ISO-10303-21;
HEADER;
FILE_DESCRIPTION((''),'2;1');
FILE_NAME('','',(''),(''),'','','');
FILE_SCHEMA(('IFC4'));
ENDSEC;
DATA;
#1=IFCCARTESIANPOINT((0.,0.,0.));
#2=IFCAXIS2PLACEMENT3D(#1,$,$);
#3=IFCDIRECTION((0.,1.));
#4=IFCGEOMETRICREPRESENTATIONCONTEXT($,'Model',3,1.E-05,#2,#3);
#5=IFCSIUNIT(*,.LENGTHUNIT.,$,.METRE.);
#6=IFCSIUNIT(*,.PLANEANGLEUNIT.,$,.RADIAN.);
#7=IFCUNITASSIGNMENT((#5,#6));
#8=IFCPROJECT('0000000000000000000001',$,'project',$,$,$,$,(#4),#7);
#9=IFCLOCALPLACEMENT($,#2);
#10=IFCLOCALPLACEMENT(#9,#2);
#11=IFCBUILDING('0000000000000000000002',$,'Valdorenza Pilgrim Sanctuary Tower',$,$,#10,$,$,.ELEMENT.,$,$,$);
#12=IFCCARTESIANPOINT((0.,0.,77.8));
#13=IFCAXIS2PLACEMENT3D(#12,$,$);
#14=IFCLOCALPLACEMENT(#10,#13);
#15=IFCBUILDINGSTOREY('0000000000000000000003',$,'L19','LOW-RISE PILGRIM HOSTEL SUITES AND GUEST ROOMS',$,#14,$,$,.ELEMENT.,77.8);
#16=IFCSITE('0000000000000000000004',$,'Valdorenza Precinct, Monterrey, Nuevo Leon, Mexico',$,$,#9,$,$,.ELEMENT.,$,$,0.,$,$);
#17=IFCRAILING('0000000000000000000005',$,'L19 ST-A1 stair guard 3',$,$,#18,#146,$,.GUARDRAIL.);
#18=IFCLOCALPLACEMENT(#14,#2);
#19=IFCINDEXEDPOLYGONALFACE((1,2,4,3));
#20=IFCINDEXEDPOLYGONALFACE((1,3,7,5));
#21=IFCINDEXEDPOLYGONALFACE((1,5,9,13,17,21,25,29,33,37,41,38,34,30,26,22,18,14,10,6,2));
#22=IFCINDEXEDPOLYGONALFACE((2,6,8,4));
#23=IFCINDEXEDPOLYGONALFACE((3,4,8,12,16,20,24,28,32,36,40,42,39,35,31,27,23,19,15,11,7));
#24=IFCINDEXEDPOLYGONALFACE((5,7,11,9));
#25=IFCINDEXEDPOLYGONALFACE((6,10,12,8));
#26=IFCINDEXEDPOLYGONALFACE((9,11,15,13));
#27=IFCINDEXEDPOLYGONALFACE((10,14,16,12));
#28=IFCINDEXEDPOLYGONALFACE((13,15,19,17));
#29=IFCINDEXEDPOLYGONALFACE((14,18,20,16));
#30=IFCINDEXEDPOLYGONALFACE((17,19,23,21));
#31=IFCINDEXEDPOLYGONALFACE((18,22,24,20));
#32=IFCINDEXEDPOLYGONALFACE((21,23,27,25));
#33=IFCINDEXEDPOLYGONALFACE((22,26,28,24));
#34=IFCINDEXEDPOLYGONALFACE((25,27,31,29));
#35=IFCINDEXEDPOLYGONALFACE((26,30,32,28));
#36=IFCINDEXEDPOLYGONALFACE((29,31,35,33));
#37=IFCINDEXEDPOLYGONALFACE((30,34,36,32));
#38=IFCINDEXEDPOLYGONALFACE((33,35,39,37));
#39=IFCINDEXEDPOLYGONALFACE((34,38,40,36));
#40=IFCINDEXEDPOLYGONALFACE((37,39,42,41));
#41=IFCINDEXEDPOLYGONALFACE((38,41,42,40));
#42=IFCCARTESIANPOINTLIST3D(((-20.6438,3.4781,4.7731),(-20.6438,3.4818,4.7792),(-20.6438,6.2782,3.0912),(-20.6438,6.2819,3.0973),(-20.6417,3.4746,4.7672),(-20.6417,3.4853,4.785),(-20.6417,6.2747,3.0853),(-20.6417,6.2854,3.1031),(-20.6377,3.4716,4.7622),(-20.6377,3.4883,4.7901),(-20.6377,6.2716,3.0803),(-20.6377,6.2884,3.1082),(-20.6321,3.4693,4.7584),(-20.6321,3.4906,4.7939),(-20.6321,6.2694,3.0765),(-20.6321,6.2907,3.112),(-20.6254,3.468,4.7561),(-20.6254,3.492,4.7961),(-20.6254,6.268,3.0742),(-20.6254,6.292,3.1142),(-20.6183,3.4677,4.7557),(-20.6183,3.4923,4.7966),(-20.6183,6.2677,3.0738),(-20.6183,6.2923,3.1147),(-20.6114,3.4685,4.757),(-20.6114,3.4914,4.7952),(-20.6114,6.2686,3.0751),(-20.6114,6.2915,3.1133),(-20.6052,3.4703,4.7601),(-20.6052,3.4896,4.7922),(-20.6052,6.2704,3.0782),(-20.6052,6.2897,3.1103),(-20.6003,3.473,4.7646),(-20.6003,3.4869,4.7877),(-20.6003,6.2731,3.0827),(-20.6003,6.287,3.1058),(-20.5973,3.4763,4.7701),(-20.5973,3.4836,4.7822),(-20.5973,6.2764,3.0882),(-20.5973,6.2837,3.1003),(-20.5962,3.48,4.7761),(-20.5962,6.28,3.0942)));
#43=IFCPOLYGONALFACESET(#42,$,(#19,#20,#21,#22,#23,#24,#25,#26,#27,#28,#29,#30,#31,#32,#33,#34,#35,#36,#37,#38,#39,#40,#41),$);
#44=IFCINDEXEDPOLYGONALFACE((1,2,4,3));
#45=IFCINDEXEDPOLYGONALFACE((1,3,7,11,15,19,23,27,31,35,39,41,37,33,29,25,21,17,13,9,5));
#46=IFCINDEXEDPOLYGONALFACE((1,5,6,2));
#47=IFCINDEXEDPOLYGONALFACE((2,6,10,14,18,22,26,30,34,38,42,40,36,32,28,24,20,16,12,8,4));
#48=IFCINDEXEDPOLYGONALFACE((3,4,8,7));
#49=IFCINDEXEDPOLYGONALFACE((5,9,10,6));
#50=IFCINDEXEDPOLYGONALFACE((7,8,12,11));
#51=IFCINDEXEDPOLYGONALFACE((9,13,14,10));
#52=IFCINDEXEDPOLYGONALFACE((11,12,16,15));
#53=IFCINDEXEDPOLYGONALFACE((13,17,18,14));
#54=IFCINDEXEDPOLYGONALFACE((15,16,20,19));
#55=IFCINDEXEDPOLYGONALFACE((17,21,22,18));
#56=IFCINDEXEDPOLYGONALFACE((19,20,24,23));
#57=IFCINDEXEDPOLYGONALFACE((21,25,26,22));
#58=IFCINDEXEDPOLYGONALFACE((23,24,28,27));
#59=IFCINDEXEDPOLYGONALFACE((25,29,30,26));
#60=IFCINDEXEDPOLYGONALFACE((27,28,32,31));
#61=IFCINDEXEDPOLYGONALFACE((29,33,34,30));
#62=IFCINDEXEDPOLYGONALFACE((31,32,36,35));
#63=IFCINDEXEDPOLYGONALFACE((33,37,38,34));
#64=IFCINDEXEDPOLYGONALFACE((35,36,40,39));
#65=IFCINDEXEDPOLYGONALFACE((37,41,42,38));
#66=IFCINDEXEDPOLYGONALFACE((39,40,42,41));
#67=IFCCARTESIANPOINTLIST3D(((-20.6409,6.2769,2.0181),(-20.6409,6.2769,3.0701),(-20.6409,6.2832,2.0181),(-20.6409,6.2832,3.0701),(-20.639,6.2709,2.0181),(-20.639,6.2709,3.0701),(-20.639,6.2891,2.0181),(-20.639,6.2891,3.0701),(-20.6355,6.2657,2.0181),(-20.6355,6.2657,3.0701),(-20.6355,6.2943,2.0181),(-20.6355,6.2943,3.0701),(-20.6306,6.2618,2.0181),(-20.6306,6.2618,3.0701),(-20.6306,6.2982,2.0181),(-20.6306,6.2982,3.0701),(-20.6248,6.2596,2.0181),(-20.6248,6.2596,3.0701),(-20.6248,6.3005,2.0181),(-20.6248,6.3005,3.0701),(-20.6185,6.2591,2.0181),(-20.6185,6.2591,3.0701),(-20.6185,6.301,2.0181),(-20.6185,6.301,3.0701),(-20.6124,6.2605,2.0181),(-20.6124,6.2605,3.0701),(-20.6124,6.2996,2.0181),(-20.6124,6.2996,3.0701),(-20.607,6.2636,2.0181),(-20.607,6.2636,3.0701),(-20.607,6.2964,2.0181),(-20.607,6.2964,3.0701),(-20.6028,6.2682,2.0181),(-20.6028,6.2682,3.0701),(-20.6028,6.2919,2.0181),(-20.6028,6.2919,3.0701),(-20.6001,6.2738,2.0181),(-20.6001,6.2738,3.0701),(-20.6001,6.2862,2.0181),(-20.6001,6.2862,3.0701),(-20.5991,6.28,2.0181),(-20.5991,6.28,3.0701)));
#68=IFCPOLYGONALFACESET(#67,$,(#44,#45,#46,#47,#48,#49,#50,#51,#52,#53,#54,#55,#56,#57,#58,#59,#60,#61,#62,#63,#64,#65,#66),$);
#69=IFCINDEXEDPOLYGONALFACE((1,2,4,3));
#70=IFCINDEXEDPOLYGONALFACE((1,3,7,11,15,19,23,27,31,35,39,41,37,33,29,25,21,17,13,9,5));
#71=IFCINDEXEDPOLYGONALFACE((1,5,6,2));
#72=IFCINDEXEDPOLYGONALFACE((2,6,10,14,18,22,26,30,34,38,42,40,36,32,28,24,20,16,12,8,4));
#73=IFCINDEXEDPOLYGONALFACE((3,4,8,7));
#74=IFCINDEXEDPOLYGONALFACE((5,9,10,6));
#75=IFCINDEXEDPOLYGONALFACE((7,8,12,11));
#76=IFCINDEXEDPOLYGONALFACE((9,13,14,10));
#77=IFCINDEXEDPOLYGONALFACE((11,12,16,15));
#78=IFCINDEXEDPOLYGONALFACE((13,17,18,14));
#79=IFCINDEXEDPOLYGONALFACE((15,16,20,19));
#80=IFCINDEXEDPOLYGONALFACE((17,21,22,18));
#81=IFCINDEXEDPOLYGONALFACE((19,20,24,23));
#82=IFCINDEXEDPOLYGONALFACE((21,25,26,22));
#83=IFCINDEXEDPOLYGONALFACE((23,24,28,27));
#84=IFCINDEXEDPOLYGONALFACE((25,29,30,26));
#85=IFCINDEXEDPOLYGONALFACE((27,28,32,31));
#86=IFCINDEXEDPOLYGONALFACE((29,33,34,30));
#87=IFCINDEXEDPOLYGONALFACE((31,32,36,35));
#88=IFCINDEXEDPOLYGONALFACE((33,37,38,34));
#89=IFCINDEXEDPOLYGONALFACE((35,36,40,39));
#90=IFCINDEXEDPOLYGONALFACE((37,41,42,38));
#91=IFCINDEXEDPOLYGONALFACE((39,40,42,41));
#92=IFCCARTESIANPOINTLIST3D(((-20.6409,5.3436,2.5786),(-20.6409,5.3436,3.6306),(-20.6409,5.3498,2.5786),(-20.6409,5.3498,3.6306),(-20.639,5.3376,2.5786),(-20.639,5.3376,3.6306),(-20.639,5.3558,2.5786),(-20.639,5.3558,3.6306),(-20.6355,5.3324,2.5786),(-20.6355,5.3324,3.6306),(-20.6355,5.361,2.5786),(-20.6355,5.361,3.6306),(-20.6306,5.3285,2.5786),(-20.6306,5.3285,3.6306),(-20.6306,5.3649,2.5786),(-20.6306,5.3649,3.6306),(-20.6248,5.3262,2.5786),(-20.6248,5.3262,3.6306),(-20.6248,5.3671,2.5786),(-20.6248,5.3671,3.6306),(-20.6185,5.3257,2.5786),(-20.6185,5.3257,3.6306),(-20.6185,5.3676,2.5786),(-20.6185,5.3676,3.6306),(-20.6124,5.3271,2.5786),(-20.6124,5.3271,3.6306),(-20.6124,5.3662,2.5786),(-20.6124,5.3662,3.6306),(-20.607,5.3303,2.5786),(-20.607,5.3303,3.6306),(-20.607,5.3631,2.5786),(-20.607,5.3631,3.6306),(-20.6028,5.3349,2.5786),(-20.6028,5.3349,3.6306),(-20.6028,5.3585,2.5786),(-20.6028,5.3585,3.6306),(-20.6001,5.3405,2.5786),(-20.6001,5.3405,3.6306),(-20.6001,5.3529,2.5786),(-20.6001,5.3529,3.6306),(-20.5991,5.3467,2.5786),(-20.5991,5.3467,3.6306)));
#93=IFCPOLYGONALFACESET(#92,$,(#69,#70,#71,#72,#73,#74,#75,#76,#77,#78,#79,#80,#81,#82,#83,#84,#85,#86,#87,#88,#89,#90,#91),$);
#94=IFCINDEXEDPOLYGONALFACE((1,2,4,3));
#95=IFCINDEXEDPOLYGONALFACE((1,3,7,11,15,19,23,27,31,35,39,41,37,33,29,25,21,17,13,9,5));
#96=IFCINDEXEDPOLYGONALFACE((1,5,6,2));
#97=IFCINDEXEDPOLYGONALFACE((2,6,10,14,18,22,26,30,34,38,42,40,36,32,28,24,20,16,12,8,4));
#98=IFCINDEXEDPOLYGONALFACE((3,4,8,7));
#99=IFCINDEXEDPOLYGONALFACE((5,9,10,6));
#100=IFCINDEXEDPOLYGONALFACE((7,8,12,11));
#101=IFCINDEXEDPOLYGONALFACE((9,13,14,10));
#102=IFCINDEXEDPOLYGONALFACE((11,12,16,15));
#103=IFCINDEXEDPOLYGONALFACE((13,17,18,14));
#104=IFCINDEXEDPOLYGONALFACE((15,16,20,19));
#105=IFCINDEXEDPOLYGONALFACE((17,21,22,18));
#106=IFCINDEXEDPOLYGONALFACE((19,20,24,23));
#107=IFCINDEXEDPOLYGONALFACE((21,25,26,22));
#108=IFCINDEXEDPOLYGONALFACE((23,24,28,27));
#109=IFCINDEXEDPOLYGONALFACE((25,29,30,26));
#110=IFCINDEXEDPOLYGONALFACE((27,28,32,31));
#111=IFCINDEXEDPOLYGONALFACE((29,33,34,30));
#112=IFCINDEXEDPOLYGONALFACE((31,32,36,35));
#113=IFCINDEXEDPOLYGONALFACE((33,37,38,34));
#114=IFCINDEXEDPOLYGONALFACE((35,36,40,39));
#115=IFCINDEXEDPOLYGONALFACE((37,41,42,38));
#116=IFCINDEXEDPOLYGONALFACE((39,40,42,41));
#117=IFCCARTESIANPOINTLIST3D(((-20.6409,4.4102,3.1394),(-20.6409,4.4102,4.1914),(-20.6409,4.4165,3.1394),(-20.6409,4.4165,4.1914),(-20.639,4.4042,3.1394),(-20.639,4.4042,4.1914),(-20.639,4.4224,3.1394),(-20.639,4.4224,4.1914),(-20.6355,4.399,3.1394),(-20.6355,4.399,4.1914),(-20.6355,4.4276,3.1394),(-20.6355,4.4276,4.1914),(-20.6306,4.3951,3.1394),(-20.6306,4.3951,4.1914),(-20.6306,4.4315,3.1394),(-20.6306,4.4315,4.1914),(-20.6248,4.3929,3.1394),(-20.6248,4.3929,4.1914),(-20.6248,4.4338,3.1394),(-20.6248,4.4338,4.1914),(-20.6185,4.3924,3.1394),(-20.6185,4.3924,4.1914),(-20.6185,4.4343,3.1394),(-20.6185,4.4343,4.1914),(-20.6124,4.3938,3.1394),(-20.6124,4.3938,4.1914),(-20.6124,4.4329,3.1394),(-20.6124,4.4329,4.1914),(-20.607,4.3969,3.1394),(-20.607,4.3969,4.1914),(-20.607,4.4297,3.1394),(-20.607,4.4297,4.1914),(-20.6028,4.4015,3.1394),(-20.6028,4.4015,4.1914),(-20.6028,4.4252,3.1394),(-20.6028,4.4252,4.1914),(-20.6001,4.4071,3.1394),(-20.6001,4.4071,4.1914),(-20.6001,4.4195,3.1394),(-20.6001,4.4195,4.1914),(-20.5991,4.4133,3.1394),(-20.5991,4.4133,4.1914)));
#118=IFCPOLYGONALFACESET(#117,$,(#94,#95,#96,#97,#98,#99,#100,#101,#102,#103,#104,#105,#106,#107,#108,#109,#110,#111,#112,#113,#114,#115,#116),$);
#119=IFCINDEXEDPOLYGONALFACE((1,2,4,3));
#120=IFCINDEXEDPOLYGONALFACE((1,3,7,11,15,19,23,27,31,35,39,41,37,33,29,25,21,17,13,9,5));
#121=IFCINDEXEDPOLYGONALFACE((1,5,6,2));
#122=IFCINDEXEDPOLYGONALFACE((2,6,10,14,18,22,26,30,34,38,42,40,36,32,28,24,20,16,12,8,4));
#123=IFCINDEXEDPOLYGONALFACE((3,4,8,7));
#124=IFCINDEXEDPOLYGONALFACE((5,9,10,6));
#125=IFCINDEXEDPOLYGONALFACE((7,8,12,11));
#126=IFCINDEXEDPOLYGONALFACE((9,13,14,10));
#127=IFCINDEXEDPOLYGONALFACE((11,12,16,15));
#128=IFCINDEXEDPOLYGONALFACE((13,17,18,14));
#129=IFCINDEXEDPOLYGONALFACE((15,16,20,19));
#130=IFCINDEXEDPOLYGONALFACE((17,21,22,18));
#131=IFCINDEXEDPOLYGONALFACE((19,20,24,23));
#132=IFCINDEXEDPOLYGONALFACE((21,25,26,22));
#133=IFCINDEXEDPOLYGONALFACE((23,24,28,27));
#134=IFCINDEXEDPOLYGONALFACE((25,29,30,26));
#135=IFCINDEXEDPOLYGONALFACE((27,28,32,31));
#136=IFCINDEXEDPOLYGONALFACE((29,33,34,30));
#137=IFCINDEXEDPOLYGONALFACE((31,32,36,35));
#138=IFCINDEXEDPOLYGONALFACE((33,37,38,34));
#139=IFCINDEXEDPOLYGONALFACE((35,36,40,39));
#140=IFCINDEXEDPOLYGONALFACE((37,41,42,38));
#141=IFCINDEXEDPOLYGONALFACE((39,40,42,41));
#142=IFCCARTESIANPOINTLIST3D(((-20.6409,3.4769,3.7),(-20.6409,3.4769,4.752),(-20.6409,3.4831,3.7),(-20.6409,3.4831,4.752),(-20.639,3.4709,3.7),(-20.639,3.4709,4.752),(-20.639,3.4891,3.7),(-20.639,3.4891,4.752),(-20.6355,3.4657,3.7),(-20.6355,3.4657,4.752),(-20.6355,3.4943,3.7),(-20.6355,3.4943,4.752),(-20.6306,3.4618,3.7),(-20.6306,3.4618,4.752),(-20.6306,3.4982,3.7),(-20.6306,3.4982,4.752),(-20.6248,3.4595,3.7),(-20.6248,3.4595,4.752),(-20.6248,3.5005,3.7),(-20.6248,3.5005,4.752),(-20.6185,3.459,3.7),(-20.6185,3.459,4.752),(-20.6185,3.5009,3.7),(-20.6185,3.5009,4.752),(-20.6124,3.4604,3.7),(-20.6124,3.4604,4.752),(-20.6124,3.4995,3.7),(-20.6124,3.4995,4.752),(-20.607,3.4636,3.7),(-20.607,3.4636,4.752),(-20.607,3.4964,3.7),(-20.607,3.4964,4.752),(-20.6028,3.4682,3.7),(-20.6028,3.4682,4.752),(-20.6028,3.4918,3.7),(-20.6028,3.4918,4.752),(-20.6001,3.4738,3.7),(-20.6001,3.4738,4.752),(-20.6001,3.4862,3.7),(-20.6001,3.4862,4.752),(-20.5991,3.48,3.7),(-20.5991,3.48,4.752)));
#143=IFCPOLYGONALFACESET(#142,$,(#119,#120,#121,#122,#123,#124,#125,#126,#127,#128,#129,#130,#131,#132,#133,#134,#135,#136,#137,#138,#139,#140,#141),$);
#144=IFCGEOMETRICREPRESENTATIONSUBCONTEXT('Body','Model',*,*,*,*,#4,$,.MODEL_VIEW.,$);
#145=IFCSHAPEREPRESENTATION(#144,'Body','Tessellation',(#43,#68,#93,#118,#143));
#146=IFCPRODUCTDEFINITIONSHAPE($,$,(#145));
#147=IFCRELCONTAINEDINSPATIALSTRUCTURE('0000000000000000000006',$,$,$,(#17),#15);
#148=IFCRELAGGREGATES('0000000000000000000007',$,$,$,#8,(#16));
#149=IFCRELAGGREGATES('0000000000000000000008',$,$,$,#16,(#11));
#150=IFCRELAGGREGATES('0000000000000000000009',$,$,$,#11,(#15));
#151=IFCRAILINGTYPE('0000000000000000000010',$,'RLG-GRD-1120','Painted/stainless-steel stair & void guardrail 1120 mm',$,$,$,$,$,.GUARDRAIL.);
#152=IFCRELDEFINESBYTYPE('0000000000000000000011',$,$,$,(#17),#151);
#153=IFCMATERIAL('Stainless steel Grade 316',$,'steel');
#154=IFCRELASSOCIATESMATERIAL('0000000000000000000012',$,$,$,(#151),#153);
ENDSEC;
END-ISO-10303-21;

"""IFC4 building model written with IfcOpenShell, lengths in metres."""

from ifc_helpers import new_model, si_unit, direction, frame, origin, origin_2d, place, context, subcontext, project, spatial, circle, extrude, material, type_object, element, save


model = new_model("IFC4")

# Units and contexts
model_context = context("Model", 3, precision=1e-05, world=origin(), true_north=direction((0.0, 1.0)))
body_context = subcontext(model_context, "Body", "Model", "MODEL_VIEW")
ifc_project = project(units=[si_unit("LENGTHUNIT", "METRE"), si_unit("PLANEANGLEUNIT", "RADIAN")], contexts=[model_context])

# Site, building, storey
site_placement = place(None, origin())
site = spatial("IfcSite", under=ifc_project, at=site_placement, Name="Valdorenza Precinct, Monterrey, Nuevo Leon, Mexico", CompositionType="ELEMENT", RefElevation=0.0)
building_placement = place(site_placement, origin())
building = spatial("IfcBuilding", under=site, at=building_placement, Name="Valdorenza Pilgrim Sanctuary Tower", CompositionType="ELEMENT")
storey_placement = place(building_placement, frame((0.0, 0.0, 77.8)))
storey = spatial("IfcBuildingStorey", under=building, at=storey_placement, Name="L19", Description="LOW-RISE PILGRIM HOSTEL SUITES AND GUEST ROOMS", CompositionType="ELEMENT", Elevation=77.8)

# Railing
ifc_material_1 = material(Name="Stainless steel Grade 316", Category="steel")
railing_type_1 = type_object("IfcRailingType", Name="RLG-GRD-1120", Description="Painted/stainless-steel stair & void guardrail 1120 mm", PredefinedType="GUARDRAIL", material=ifc_material_1)
railing_1_placement = place(storey_placement, frame((-20.6201, 6.28, 2.0181)))
element("IfcRailing", 1, at=railing_1_placement, inside=storey, type_object=railing_type_1, Name="L19 ST-A1 stair guard 3", PredefinedType="GUARDRAIL", context=body_context, shape_type="SweptSolid", body=[
    extrude(circle(Radius=0.0239, at=origin_2d()), frame((0.0, 0.0, 1.0762), z_axis=(0.0, -0.857242, 0.514913), x_axis=(1.0, 0.0, 0.0)), (0.0, 0.0, 1.0), 3.2664),
    extrude(circle(Radius=0.021, at=origin_2d()), origin(), (0.0, 0.0, 1.0), 1.052),
    extrude(circle(Radius=0.021, at=origin_2d()), frame((0.0, -0.9333, 0.5605)), (0.0, 0.0, 1.0), 1.052),
    extrude(circle(Radius=0.021, at=origin_2d()), frame((0.0, -1.8667, 1.1213)), (0.0, 0.0, 1.0), 1.052),
    extrude(circle(Radius=0.021, at=origin_2d()), frame((0.0, -2.8, 1.6819)), (0.0, 0.0, 1.0), 1.052),
])

save(model, "model.ifc")
